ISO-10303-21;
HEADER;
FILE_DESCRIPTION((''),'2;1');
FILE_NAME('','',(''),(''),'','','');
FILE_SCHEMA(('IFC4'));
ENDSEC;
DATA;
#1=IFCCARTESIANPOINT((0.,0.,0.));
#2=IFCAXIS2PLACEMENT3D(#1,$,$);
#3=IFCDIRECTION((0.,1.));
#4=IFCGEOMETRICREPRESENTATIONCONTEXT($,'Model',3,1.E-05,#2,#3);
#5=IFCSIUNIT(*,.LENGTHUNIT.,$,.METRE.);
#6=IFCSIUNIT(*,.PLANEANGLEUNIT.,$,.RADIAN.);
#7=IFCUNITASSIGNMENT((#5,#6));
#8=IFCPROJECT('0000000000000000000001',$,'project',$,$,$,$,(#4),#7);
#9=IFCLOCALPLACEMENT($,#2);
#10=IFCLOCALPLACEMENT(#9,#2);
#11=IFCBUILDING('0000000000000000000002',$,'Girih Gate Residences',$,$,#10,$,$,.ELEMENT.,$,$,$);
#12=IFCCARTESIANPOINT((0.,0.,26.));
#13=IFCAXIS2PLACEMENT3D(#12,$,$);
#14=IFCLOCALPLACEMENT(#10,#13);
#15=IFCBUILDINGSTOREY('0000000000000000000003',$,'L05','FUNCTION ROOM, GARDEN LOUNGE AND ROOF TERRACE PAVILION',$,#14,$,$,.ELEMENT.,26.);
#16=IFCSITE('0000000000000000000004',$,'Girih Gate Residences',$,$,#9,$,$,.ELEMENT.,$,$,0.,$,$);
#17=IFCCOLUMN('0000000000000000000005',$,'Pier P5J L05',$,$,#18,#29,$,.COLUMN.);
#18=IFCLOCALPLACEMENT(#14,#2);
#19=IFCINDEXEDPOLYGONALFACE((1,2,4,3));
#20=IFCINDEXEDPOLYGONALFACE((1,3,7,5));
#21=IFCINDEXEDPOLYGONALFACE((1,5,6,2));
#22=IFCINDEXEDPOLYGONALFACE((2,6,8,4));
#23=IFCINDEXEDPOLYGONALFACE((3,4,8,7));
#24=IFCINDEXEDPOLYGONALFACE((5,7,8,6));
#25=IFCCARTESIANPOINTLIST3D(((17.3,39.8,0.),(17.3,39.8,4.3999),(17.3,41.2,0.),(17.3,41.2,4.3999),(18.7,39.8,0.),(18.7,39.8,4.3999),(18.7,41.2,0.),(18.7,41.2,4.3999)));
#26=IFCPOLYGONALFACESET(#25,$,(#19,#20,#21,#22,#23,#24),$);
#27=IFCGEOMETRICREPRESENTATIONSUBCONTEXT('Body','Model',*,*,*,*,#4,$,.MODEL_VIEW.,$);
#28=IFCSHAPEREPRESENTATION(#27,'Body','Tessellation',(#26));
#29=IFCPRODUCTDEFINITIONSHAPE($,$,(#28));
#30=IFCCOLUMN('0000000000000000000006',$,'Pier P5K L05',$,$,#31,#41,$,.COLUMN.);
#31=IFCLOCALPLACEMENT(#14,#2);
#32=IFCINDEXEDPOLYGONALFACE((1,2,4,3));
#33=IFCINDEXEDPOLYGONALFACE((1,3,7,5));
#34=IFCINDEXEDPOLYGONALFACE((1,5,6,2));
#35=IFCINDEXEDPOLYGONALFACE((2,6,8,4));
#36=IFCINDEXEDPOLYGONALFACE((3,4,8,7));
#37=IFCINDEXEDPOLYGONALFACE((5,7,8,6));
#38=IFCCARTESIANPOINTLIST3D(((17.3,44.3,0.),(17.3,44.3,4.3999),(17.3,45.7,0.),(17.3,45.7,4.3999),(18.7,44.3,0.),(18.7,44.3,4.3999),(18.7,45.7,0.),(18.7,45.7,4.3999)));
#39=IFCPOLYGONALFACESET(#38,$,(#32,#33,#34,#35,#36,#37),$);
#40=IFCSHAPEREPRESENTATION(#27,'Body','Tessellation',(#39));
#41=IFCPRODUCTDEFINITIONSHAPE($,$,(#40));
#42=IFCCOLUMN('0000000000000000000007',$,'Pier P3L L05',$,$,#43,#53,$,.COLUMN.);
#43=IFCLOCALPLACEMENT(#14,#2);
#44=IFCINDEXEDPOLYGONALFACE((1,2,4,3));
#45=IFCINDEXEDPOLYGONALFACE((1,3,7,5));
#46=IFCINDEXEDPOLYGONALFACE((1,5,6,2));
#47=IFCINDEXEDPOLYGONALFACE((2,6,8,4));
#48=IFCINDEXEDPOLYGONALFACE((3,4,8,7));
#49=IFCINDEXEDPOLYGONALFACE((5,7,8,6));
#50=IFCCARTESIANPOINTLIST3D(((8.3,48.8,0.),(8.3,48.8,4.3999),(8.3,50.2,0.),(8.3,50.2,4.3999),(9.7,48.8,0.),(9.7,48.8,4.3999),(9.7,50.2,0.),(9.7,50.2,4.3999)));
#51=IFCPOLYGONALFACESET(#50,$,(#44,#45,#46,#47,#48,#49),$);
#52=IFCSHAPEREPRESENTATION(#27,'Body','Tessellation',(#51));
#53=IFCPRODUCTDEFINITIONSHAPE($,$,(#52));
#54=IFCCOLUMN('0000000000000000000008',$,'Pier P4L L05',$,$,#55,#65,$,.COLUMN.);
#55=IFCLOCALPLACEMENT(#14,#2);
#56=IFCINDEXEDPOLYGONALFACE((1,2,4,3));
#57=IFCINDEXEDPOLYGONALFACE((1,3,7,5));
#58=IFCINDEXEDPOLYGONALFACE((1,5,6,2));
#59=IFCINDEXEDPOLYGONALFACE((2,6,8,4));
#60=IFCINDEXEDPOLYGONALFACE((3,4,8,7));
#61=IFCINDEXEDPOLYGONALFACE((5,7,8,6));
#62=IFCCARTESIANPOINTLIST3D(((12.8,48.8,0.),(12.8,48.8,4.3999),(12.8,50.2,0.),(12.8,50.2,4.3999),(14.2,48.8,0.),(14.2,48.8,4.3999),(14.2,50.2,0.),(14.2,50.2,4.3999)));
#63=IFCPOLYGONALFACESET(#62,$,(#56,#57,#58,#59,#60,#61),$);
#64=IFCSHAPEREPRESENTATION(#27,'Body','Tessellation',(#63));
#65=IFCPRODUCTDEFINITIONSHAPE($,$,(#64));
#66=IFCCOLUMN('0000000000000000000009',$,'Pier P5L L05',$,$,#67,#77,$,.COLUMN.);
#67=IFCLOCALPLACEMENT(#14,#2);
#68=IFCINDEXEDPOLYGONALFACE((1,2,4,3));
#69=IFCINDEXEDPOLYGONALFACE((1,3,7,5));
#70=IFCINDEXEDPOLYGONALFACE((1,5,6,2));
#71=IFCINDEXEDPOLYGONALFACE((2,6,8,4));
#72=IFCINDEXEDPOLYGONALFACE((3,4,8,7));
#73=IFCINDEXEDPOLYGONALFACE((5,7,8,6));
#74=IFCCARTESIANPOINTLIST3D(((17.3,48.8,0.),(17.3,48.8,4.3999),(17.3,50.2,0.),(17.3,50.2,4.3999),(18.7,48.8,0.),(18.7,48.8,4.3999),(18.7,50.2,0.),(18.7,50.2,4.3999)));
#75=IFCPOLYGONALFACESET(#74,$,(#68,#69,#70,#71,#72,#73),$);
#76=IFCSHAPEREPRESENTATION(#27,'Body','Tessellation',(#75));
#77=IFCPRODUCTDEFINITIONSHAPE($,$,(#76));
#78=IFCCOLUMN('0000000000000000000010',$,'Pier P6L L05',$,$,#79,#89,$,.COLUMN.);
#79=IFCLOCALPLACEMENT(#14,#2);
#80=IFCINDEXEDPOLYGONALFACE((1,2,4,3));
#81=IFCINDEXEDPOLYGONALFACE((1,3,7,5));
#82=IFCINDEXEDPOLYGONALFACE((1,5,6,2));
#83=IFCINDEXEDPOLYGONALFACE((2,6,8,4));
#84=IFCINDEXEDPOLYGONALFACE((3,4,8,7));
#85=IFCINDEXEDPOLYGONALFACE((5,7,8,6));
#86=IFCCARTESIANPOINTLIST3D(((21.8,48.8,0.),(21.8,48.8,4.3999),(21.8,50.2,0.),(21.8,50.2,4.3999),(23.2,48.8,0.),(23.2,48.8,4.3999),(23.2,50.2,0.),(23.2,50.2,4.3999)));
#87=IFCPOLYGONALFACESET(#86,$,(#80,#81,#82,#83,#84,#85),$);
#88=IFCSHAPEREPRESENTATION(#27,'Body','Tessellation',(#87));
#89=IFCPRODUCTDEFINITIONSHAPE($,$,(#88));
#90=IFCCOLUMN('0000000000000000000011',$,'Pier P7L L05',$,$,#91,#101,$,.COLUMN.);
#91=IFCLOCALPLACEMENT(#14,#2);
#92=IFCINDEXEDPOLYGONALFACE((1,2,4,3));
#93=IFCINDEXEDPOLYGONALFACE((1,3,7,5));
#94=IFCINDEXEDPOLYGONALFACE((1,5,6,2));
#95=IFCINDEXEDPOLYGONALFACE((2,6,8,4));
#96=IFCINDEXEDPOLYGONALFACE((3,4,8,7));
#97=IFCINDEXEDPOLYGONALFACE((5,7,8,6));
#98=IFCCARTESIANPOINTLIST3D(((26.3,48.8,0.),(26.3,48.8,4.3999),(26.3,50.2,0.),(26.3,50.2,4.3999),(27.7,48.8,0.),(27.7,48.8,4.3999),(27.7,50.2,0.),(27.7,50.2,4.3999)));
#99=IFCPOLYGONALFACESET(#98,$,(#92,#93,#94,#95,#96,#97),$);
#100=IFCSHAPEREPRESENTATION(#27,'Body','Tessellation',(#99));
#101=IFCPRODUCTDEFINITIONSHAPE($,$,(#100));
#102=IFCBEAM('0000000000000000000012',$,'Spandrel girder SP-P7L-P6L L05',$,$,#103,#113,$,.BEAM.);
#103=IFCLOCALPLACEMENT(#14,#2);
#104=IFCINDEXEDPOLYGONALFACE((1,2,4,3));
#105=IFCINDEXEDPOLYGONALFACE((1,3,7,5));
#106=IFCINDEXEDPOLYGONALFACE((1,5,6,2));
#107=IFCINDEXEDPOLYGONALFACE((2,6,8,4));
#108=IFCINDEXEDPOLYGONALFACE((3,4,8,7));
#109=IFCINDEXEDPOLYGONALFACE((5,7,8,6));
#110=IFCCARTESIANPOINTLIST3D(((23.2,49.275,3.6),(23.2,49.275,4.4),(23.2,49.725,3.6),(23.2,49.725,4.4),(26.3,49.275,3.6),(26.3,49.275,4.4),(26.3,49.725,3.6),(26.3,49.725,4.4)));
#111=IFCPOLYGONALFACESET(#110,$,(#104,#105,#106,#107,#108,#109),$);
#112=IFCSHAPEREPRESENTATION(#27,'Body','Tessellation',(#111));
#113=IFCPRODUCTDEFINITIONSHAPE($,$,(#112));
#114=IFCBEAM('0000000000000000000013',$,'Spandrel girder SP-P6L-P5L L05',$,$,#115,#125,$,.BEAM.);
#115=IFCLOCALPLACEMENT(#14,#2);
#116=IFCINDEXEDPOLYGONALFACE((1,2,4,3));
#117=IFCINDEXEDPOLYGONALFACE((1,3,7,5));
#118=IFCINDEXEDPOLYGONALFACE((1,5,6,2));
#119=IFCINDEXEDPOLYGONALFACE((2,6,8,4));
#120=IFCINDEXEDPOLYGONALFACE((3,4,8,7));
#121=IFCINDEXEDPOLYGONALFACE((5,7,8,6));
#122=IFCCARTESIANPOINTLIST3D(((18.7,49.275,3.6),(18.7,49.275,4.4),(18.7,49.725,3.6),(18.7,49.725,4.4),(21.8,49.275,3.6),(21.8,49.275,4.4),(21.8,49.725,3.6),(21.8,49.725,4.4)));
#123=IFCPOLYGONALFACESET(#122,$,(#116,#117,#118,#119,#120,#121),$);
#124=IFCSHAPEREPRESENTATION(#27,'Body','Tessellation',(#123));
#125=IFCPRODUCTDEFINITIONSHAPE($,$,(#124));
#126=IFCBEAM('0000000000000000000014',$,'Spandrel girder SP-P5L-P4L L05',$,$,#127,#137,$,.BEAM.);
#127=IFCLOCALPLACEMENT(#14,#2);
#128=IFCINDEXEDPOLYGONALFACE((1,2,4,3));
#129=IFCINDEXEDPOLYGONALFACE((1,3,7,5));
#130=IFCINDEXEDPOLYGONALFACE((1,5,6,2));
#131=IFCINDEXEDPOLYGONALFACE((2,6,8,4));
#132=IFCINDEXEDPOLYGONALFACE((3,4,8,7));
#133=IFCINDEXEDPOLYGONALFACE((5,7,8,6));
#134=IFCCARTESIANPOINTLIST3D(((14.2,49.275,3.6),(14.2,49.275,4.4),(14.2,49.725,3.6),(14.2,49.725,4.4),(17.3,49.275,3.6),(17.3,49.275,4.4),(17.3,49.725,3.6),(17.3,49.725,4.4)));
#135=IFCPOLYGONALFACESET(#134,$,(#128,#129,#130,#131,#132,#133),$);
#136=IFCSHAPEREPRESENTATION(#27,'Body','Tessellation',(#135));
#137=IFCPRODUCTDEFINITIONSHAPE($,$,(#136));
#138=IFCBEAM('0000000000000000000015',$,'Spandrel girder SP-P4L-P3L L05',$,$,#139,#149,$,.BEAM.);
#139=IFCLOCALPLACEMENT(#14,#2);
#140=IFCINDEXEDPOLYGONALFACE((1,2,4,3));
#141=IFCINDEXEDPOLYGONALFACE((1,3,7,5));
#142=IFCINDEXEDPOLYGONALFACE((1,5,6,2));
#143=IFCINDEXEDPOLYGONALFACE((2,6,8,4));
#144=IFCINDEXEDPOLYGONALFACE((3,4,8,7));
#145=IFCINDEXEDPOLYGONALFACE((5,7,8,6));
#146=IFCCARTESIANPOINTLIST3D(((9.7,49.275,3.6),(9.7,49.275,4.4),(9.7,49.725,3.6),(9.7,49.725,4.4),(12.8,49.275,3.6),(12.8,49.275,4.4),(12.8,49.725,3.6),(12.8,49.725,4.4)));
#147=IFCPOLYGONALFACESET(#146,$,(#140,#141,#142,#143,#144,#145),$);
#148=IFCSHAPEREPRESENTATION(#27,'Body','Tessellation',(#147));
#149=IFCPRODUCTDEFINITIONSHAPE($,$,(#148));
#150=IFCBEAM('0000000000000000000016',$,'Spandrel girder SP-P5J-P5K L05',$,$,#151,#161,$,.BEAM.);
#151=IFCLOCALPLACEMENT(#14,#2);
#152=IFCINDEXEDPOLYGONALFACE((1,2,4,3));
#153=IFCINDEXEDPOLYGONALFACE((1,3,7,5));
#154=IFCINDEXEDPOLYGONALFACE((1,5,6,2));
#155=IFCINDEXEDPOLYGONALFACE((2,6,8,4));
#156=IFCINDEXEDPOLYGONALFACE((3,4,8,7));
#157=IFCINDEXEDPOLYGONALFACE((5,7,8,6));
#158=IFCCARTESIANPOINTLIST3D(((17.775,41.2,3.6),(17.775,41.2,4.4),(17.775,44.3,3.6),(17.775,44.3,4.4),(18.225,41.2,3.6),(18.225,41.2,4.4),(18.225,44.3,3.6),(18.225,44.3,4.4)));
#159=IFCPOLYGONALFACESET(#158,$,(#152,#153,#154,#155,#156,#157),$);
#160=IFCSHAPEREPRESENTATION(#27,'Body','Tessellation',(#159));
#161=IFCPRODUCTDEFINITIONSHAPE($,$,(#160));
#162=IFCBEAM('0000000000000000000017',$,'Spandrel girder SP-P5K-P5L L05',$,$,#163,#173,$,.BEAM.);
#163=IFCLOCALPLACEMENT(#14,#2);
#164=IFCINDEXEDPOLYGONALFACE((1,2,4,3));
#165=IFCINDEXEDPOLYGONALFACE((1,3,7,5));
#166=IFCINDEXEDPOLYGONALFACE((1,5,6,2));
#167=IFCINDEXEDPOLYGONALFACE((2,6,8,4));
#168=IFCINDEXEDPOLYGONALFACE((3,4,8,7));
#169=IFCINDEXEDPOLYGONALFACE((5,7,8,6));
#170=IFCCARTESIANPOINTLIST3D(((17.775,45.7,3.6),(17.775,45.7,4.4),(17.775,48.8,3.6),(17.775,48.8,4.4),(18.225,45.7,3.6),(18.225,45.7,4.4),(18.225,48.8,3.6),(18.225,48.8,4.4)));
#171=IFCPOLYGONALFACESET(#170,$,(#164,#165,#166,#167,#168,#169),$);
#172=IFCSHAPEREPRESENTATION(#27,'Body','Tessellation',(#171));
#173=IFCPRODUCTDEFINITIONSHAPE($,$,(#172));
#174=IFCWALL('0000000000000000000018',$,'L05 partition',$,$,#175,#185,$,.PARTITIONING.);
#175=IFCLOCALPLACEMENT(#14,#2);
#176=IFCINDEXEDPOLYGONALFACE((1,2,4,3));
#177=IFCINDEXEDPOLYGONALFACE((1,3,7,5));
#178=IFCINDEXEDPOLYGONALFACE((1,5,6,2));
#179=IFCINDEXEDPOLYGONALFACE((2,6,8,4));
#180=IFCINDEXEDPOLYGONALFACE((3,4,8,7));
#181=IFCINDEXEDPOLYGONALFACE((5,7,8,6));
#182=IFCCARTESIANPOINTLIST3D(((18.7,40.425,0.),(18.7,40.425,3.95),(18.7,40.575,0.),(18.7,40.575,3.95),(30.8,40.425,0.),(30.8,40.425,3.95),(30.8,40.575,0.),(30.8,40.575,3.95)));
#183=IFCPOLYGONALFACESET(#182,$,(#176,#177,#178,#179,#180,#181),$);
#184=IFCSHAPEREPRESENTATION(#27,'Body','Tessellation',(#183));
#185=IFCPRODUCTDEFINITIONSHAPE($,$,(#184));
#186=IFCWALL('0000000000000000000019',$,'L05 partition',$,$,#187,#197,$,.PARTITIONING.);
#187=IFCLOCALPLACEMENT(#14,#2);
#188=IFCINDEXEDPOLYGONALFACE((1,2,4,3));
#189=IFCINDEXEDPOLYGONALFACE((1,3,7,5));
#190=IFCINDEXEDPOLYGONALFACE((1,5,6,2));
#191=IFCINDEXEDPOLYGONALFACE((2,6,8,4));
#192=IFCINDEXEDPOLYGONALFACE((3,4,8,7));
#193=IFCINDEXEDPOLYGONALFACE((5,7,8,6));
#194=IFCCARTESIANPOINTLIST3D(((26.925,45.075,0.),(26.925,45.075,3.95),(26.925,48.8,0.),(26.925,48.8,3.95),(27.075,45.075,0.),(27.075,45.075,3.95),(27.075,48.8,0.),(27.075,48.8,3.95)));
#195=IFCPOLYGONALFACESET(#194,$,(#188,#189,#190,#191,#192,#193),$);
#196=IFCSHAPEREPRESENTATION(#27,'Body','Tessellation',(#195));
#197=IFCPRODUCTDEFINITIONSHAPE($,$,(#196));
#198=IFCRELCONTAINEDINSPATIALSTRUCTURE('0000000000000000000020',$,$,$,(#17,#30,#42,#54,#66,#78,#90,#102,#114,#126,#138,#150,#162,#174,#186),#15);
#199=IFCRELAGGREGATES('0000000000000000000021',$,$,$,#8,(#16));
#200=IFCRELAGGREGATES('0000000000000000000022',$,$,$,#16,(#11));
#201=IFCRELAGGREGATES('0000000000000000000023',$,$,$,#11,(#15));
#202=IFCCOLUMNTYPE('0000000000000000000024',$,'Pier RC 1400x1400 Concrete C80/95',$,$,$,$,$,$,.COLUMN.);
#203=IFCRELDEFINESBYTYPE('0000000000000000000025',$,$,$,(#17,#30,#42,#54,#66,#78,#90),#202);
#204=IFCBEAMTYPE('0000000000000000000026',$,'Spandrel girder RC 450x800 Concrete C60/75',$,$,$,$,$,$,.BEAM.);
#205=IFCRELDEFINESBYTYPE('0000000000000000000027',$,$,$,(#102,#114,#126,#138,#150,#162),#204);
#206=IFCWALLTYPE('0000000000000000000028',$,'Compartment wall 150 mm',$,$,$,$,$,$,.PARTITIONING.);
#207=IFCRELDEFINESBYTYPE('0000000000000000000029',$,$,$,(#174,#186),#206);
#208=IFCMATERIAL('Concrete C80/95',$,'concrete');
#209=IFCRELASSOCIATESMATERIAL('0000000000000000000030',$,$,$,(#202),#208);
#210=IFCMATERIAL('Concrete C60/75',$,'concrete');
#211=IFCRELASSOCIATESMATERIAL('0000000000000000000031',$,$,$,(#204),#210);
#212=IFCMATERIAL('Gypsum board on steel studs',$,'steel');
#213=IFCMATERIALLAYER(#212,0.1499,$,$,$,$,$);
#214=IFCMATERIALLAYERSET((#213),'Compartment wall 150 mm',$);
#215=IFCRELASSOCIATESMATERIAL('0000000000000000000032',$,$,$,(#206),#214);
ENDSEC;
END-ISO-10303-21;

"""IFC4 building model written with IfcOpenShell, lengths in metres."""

from ifc_helpers import new_model, si_unit, direction, frame, frame_2d, origin, origin_2d, place, context, subcontext, project, spatial, rectangle, extrude, material, layer, layer_set, material_profile, profile_set, type_object, element, save


model = new_model("IFC4")

# Units and contexts
model_context = context("Model", 3, precision=1e-05, world=origin(), true_north=direction((0.0, 1.0)))
body_context = subcontext(model_context, "Body", "Model", "MODEL_VIEW")
ifc_project = project(units=[si_unit("LENGTHUNIT", "METRE"), si_unit("PLANEANGLEUNIT", "RADIAN")], contexts=[model_context])

# Site, building, storey
site_placement = place(None, origin())
site = spatial("IfcSite", under=ifc_project, at=site_placement, Name="Girih Gate Residences", CompositionType="ELEMENT", RefElevation=0.0)
building_placement = place(site_placement, origin())
building = spatial("IfcBuilding", under=site, at=building_placement, Name="Girih Gate Residences", CompositionType="ELEMENT")
storey_placement = place(building_placement, frame((0.0, 0.0, 26.0)))
storey = spatial("IfcBuildingStorey", under=building, at=storey_placement, Name="L05", Description="FUNCTION ROOM, GARDEN LOUNGE AND ROOF TERRACE PAVILION", CompositionType="ELEMENT", Elevation=26.0)

# Columns
ifc_material_1 = material(Name="Concrete C80/95", Category="concrete")
ifc_material_profile_1 = material_profile(ifc_material_1, rectangle(XDim=1.3999, YDim=1.3999, at=origin_2d()))
ifc_profile_set_1 = profile_set([ifc_material_profile_1], Name="Concrete C80/95")
column_type = type_object("IfcColumnType", Name="Pier RC 1400x1400 Concrete C80/95", PredefinedType="COLUMN", material=ifc_profile_set_1)
for number, where, z_axis, x_axis, name in (
    (1, (18.0, 40.5, 0.0), (0.0, 0.0, 1.0), (1.0, 0.0, 0.0), "Pier P5J L05"),
    (2, (18.0, 45.0, 0.0), (0.0, 0.0, 1.0), (1.0, 0.0, 0.0), "Pier P5K L05"),
    (3, (9.0, 49.5, 0.0), (0.0, 0.0, 1.0), (1.0, 0.0, 0.0), "Pier P3L L05"),
    (4, (13.5, 49.5, 0.0), (0.0, 0.0, 1.0), (1.0, 0.0, 0.0), "Pier P4L L05"),
    (5, (18.0, 49.5, 0.0), (0.0, 0.0, 1.0), (1.0, 0.0, 0.0), "Pier P5L L05"),
    (6, (22.5, 49.5, 0.0), (0.0, 0.0, 1.0), (1.0, 0.0, 0.0), "Pier P6L L05"),
    (7, (27.0, 49.5, 0.0), (0.0, 0.0, 1.0), (1.0, 0.0, 0.0), "Pier P7L L05"),
):
    element("IfcColumn", number, at=place(storey_placement, frame(where, z_axis=z_axis, x_axis=x_axis)), inside=storey, type_object=column_type, Name=name, PredefinedType="COLUMN", context=body_context, shape_type="SweptSolid", body=[
        extrude(rectangle(XDim=1.3999, YDim=1.3999, at=origin_2d()), origin(), (0.0, 0.0, 1.0), 4.3999),
    ])

# Beams
ifc_material_2 = material(Name="Concrete C60/75", Category="concrete")
ifc_material_profile_2 = material_profile(ifc_material_2, rectangle(XDim=0.45, YDim=0.8, at=origin_2d()))
ifc_profile_set_2 = profile_set([ifc_material_profile_2], Name="Concrete C60/75")
beam_type = type_object("IfcBeamType", Name="Spandrel girder RC 450x800 Concrete C60/75", PredefinedType="BEAM", material=ifc_profile_set_2)
for number, where, z_axis, x_axis, name in (
    (8, (26.3, 49.5, 4.0), (-1.0, 0.0, 0.0), (0.0, -1.0, 0.0), "Spandrel girder SP-P7L-P6L L05"),
    (9, (21.8, 49.5, 4.0), (-1.0, 0.0, 0.0), (0.0, -1.0, 0.0), "Spandrel girder SP-P6L-P5L L05"),
    (10, (17.3, 49.5, 4.0), (-1.0, 0.0, 0.0), (0.0, -1.0, 0.0), "Spandrel girder SP-P5L-P4L L05"),
    (11, (12.8, 49.5, 4.0), (-1.0, 0.0, 0.0), (0.0, -1.0, 0.0), "Spandrel girder SP-P4L-P3L L05"),
    (12, (18.0, 41.2, 4.0), (0.0, 1.0, 0.0), (-1.0, 0.0, 0.0), "Spandrel girder SP-P5J-P5K L05"),
    (13, (18.0, 45.7, 4.0), (0.0, 1.0, 0.0), (-1.0, 0.0, 0.0), "Spandrel girder SP-P5K-P5L L05"),
):
    element("IfcBeam", number, at=place(storey_placement, frame(where, z_axis=z_axis, x_axis=x_axis)), inside=storey, type_object=beam_type, Name=name, PredefinedType="BEAM", context=body_context, shape_type="SweptSolid", body=[
        extrude(rectangle(XDim=0.45, YDim=0.8, at=origin_2d()), origin(), (0.0, 0.0, 1.0), 3.1001),
    ])

# Walls
ifc_material_3 = material(Name="Gypsum board on steel studs", Category="steel")
ifc_layer_1 = layer(ifc_material_3, 0.1499)
ifc_layer_set_1 = layer_set([ifc_layer_1], Name="Compartment wall 150 mm")
wall_type_1 = type_object("IfcWallType", Name="Compartment wall 150 mm", PredefinedType="PARTITIONING", material=ifc_layer_set_1)
wall_1_placement = place(storey_placement, frame((18.7, 40.5, 0.0), z_axis=(0.0, 0.0, 1.0), x_axis=(1.0, 0.0, 0.0)))
element("IfcWall", 14, at=wall_1_placement, inside=storey, type_object=wall_type_1, Name="L05 partition", PredefinedType="PARTITIONING", context=body_context, shape_type="SweptSolid", body=[
    extrude(rectangle(XDim=12.1001, YDim=0.1499, at=frame_2d((6.05, 0.0))), origin(), (0.0, 0.0, 1.0), 3.95),
])
wall_2_placement = place(storey_placement, frame((27.0, 45.075, 0.0), z_axis=(0.0, 0.0, 1.0), x_axis=(0.0, 1.0, 0.0)))
element("IfcWall", 15, at=wall_2_placement, inside=storey, type_object=wall_type_1, Name="L05 partition", PredefinedType="PARTITIONING", context=body_context, shape_type="SweptSolid", body=[
    extrude(rectangle(XDim=3.7251, YDim=0.1499, at=frame_2d((1.8625, 0.0))), origin(), (0.0, 0.0, 1.0), 3.95),
])

save(model, "model.ifc")
